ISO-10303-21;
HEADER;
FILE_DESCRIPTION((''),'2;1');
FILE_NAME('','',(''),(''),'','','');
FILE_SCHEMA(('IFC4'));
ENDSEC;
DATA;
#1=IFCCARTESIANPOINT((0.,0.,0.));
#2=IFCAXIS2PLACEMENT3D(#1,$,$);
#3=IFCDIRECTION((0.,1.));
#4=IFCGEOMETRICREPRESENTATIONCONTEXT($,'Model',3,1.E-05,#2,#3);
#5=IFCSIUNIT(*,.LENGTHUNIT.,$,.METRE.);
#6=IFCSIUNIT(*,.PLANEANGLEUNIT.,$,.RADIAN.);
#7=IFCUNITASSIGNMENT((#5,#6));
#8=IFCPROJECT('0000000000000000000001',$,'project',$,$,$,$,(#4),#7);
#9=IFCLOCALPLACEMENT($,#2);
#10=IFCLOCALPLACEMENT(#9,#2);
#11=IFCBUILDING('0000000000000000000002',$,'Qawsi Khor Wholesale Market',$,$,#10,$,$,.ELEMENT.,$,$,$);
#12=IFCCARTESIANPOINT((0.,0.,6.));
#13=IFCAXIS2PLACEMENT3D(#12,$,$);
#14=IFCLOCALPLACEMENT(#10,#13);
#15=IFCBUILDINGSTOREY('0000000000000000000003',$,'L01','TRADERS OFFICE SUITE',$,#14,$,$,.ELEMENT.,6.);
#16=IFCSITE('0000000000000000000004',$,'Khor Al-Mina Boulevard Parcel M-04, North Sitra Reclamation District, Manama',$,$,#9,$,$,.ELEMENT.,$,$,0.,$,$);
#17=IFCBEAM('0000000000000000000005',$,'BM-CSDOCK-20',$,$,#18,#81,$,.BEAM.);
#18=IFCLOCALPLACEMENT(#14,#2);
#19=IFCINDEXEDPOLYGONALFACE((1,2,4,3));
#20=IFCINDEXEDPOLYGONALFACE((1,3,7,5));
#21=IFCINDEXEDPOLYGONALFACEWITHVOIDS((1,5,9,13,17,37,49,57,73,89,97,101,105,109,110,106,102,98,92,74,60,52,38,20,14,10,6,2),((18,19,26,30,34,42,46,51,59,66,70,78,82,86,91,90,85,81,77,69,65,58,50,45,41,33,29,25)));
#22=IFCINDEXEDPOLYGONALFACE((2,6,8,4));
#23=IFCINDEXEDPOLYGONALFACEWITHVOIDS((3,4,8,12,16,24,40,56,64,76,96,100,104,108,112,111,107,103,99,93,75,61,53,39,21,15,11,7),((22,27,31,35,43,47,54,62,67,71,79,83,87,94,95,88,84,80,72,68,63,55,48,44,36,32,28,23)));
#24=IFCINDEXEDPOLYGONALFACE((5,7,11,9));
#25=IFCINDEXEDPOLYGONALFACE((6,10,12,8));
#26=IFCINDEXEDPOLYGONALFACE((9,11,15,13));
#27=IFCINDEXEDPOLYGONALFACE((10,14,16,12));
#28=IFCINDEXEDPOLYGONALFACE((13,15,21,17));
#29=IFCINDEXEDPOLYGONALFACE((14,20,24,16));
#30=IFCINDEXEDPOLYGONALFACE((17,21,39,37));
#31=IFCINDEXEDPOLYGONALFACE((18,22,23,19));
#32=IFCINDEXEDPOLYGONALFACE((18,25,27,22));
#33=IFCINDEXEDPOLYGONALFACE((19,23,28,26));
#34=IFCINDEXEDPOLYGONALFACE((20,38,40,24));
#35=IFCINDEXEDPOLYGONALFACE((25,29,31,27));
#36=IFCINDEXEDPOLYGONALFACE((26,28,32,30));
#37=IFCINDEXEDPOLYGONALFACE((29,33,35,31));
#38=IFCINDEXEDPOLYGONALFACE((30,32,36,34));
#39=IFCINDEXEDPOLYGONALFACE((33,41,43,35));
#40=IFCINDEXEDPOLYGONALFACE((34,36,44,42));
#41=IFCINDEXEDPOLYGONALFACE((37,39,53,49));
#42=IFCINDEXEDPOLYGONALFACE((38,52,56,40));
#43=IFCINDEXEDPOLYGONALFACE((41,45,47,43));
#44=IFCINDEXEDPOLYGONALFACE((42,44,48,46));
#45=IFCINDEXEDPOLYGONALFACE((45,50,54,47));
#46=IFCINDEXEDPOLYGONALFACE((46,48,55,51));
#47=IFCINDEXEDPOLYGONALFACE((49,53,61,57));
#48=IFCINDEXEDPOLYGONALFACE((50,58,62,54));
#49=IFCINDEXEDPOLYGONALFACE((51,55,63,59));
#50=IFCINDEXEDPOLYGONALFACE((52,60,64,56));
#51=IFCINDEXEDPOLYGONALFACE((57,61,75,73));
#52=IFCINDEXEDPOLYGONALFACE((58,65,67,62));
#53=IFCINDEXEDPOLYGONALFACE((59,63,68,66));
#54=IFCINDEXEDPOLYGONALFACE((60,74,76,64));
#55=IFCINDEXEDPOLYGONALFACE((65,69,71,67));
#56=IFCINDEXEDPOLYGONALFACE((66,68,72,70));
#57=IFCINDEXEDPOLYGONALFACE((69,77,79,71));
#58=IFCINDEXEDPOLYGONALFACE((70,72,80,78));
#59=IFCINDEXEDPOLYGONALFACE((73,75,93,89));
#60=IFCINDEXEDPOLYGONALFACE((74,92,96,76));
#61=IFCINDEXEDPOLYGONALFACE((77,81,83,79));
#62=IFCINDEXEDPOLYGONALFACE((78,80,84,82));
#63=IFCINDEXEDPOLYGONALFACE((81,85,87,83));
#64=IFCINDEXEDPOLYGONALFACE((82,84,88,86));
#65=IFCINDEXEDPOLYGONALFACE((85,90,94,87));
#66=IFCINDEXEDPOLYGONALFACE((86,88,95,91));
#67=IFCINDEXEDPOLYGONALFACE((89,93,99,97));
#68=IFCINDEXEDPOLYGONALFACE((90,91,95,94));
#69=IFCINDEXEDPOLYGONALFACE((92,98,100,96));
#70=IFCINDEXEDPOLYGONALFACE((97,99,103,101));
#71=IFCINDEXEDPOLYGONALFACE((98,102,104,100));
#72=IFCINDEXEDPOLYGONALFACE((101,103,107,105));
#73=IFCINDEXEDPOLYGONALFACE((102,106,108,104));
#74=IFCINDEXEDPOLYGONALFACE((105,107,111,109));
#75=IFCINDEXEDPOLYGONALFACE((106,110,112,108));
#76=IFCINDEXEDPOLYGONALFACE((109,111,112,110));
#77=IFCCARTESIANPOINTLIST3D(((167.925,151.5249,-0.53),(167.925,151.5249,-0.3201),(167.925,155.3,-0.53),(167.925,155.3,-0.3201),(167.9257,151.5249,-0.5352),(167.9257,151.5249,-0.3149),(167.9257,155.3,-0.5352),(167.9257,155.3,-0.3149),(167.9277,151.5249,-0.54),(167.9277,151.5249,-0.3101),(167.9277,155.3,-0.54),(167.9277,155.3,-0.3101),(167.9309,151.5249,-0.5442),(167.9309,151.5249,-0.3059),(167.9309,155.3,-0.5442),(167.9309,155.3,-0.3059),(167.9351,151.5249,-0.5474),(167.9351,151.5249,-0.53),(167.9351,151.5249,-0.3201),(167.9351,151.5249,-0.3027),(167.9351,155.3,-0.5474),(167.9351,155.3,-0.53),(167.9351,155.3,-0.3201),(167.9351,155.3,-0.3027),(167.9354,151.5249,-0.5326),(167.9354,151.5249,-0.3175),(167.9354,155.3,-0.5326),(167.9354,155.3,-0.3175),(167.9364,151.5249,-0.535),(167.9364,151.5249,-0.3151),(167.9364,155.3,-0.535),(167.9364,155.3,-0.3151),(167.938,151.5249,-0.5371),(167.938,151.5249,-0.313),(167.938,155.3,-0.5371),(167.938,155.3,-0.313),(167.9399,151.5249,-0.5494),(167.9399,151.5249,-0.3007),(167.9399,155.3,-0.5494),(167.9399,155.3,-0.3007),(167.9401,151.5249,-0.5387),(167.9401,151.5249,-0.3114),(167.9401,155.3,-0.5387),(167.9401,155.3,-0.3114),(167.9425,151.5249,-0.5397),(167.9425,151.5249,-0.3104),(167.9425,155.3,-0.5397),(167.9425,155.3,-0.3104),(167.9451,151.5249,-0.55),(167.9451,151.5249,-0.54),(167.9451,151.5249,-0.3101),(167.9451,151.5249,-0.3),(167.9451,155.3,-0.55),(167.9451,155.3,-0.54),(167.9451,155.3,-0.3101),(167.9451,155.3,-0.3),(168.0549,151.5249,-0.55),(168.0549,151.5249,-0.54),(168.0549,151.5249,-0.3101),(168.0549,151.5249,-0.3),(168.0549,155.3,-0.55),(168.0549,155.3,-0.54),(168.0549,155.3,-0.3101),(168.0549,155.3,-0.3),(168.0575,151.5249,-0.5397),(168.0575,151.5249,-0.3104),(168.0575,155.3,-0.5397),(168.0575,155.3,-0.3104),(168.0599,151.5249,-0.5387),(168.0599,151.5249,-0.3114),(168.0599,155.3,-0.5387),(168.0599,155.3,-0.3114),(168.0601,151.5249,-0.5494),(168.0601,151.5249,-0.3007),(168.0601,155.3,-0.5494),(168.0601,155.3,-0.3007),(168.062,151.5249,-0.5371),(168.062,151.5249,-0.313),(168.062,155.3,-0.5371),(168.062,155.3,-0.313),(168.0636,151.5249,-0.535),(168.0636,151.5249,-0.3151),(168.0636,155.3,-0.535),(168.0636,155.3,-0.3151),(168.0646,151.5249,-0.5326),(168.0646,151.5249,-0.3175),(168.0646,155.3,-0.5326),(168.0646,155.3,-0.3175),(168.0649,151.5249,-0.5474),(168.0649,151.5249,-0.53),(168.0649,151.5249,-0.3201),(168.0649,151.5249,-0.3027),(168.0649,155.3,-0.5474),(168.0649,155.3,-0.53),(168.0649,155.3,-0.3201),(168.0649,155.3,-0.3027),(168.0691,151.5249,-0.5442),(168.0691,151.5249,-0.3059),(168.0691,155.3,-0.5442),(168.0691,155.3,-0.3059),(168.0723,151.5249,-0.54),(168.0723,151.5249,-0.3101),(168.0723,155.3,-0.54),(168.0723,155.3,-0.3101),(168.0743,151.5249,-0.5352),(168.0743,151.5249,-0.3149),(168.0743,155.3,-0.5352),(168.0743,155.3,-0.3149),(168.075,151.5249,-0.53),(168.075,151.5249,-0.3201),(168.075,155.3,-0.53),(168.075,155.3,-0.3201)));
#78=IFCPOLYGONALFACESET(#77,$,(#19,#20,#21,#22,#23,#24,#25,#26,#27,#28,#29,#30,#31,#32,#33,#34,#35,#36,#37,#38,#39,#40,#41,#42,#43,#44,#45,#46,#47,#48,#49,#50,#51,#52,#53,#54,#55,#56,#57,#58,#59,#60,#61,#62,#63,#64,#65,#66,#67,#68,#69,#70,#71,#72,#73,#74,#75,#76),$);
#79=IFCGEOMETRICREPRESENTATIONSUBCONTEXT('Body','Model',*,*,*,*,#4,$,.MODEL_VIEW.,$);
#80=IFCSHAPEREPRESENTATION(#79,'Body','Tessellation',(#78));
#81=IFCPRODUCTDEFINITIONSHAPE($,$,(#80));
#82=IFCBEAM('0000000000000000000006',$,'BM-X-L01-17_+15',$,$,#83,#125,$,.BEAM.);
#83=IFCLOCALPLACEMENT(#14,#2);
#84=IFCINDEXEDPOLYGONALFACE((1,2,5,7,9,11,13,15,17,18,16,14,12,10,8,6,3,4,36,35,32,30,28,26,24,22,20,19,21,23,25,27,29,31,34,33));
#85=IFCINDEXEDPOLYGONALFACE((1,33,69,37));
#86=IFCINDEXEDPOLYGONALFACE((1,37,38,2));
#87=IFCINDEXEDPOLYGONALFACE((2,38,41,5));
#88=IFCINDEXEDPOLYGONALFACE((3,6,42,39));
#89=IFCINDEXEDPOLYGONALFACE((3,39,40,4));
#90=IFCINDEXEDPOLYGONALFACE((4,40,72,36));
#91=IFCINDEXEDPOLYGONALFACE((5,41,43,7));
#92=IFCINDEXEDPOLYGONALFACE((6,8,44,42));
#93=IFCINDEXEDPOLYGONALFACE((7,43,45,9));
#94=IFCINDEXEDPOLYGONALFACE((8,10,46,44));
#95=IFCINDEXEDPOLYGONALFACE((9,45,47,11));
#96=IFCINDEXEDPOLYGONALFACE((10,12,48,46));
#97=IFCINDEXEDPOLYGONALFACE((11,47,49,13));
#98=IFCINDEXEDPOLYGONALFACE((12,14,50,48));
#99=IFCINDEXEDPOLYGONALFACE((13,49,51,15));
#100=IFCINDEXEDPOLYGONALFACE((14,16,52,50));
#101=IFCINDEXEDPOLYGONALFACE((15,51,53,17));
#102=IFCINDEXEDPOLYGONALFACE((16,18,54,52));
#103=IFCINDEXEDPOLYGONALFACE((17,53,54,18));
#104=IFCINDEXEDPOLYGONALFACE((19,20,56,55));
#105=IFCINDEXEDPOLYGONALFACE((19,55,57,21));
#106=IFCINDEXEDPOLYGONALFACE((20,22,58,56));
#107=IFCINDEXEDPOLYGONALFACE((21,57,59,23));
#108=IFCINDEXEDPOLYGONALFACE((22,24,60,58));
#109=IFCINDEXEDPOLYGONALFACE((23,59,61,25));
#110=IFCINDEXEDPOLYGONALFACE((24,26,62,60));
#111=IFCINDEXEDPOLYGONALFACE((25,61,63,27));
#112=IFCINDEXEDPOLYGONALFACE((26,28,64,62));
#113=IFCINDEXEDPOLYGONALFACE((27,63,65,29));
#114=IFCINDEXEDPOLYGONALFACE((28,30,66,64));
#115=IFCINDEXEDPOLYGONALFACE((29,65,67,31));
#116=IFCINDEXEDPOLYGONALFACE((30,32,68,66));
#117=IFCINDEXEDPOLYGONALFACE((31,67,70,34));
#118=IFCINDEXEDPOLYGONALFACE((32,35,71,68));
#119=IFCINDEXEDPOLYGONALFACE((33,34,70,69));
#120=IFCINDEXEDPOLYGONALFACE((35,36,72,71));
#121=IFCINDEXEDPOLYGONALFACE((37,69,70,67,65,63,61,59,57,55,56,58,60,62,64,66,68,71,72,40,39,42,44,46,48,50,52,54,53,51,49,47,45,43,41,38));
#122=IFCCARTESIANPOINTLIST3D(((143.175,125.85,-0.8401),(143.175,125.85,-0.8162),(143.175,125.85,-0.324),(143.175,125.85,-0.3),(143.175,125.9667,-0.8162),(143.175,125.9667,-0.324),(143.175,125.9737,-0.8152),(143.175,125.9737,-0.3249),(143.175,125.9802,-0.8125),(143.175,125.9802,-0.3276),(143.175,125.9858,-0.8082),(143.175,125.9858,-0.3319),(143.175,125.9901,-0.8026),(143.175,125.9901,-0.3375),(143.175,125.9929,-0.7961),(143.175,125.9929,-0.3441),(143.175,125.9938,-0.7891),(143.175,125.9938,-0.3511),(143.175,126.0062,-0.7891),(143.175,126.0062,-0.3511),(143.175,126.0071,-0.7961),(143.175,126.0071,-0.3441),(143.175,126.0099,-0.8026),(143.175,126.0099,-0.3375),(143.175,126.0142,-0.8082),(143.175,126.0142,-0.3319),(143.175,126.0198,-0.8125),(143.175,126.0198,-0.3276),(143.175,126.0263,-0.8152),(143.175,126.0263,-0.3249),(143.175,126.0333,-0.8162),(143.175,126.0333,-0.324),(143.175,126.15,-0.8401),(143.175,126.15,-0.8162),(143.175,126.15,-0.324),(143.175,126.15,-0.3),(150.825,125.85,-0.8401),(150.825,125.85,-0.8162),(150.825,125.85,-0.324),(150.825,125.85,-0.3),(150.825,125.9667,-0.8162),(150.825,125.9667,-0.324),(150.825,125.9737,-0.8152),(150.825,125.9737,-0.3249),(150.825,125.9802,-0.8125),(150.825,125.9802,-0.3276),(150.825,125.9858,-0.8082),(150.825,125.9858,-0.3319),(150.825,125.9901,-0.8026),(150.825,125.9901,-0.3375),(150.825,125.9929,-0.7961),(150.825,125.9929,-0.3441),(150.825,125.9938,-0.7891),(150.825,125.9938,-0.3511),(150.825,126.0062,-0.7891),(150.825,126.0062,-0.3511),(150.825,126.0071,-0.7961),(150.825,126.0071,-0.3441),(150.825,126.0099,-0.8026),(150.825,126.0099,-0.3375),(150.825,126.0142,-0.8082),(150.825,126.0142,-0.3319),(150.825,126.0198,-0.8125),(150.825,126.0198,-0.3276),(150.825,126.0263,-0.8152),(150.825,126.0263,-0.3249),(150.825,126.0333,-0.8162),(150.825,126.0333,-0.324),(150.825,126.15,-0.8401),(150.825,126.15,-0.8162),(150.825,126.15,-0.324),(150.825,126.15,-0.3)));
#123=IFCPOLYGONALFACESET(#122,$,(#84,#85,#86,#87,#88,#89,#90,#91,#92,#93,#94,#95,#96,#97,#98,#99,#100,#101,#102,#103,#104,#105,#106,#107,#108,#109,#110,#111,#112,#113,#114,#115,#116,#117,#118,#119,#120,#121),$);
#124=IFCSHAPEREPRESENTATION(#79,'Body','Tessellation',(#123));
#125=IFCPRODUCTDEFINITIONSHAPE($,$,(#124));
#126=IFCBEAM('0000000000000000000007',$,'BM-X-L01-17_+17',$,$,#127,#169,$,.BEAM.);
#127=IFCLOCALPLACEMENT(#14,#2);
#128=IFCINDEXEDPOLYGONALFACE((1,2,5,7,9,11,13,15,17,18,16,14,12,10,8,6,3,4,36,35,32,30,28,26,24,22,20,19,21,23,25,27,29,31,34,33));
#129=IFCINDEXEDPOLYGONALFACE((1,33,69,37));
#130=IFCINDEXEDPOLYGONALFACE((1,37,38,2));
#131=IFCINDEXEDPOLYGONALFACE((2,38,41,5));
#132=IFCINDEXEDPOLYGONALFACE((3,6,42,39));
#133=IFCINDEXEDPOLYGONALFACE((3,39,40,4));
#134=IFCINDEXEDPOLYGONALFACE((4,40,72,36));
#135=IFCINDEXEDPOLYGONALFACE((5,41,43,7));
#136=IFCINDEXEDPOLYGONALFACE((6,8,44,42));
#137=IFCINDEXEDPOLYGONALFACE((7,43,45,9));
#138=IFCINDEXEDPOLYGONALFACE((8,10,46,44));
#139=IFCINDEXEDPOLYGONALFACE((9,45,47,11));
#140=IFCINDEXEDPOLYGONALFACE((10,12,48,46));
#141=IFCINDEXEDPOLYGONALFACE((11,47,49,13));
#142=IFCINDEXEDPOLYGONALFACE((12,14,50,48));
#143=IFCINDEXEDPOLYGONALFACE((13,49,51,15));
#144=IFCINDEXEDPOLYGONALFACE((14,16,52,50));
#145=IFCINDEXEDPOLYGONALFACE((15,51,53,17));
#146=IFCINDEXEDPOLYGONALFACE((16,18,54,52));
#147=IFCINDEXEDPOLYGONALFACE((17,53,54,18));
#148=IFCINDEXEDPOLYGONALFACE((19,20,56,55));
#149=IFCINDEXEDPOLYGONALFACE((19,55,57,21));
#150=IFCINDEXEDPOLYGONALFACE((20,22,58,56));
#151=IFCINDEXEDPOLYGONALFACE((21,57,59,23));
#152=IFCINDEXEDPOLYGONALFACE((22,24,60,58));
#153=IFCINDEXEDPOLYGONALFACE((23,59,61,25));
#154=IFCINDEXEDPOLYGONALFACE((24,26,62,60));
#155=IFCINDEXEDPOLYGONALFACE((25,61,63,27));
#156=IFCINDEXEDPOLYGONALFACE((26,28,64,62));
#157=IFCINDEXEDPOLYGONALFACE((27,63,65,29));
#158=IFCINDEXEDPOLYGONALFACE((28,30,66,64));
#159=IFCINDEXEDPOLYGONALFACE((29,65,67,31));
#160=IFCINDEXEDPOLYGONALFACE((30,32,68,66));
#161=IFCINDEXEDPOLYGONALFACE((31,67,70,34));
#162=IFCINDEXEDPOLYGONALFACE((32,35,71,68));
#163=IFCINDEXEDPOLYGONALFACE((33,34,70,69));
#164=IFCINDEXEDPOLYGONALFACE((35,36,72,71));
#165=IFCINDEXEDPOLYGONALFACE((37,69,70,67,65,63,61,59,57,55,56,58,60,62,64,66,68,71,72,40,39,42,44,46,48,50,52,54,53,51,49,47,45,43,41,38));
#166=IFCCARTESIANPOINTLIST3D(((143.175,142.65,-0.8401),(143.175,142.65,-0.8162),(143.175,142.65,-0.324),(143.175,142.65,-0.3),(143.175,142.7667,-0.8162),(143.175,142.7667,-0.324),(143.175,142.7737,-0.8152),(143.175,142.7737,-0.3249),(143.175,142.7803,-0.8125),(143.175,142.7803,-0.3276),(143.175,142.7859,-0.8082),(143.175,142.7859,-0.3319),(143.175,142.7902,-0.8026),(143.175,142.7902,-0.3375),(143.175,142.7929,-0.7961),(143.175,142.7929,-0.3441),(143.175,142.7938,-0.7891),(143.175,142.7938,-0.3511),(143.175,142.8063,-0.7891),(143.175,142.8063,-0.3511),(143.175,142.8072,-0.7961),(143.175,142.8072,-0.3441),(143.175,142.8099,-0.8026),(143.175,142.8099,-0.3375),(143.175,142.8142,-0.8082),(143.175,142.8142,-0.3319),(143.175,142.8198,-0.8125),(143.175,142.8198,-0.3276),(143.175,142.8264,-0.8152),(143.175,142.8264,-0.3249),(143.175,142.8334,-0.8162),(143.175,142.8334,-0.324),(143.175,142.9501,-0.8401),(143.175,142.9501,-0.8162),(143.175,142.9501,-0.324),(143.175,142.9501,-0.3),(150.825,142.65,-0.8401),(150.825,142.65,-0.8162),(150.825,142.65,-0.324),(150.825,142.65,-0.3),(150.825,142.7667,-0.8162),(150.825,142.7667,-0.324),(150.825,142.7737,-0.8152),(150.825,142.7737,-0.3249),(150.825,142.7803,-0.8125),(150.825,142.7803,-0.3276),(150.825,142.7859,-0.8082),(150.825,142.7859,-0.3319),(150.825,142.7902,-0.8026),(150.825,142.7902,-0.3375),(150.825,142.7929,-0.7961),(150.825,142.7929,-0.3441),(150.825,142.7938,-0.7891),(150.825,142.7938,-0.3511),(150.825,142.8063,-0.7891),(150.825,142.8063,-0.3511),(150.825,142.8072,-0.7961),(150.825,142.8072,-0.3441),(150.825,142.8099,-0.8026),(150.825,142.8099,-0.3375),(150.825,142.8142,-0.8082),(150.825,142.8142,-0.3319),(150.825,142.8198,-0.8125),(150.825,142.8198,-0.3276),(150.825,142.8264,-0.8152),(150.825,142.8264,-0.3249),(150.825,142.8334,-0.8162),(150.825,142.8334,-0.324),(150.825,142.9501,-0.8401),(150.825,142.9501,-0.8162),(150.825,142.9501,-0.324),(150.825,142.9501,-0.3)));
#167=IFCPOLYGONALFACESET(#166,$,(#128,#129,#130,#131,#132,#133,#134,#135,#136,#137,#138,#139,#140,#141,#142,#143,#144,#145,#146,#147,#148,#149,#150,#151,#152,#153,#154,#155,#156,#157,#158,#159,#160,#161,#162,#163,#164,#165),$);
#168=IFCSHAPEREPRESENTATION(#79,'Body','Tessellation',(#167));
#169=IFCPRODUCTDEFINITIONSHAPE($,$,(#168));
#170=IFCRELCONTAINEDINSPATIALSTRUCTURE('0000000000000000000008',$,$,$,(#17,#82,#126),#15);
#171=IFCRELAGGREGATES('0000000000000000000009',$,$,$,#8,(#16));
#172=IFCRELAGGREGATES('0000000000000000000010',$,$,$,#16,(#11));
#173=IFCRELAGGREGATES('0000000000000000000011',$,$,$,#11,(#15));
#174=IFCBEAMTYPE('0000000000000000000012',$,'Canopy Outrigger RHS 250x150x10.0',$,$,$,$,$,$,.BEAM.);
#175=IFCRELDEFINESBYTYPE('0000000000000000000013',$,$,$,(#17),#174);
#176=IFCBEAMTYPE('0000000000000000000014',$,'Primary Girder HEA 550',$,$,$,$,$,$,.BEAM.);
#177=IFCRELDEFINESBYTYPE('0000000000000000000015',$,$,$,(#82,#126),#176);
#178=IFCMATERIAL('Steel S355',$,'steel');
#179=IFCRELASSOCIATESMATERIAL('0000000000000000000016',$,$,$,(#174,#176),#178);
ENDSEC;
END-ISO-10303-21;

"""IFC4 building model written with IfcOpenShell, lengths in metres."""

from ifc_helpers import new_model, si_unit, direction, frame, origin, origin_2d, place, context, subcontext, project, spatial, hollow_rectangle, i_section, extrude, material, material_profile, profile_set, type_object, element, save


model = new_model("IFC4")

# Units and contexts
model_context = context("Model", 3, precision=1e-05, world=origin(), true_north=direction((0.0, 1.0)))
body_context = subcontext(model_context, "Body", "Model", "MODEL_VIEW")
ifc_project = project(units=[si_unit("LENGTHUNIT", "METRE"), si_unit("PLANEANGLEUNIT", "RADIAN")], contexts=[model_context])

# Site, building, storey
site_placement = place(None, origin())
site = spatial("IfcSite", under=ifc_project, at=site_placement, Name="Khor Al-Mina Boulevard Parcel M-04, North Sitra Reclamation District, Manama", CompositionType="ELEMENT", RefElevation=0.0)
building_placement = place(site_placement, origin())
building = spatial("IfcBuilding", under=site, at=building_placement, Name="Qawsi Khor Wholesale Market", CompositionType="ELEMENT")
storey_placement = place(building_placement, frame((0.0, 0.0, 6.0)))
storey = spatial("IfcBuildingStorey", under=building, at=storey_placement, Name="L01", Description="TRADERS OFFICE SUITE", CompositionType="ELEMENT", Elevation=6.0)

# Beams
ifc_material_1 = material(Name="Steel S355", Category="steel")
ifc_material_profile_1 = material_profile(ifc_material_1, hollow_rectangle(XDim=0.1499, YDim=0.25, WallThickness=0.01, InnerFilletRadius=0.01, OuterFilletRadius=0.02, at=origin_2d()), Name="RHS 250x150x10.0")
ifc_profile_set_1 = profile_set([ifc_material_profile_1], Name="Steel S355")
beam_type_1 = type_object("IfcBeamType", Name="Canopy Outrigger RHS 250x150x10.0", PredefinedType="BEAM", material=ifc_profile_set_1)
for number, where, z_axis, x_axis, name in (
    (1, (168.0, 151.5249, -0.425), (0.0, 1.0, 0.0), (-1.0, 0.0, 0.0), "BM-CSDOCK-20"),
):
    element("IfcBeam", number, at=place(storey_placement, frame(where, z_axis=z_axis, x_axis=x_axis)), inside=storey, type_object=beam_type_1, Name=name, PredefinedType="BEAM", context=body_context, shape_type="SweptSolid", body=[
        extrude(hollow_rectangle(XDim=0.1499, YDim=0.25, WallThickness=0.01, InnerFilletRadius=0.01, OuterFilletRadius=0.02, at=origin_2d()), origin(), (0.0, 0.0, 1.0), 3.7751),
    ])
ifc_material_profile_2 = material_profile(ifc_material_1, i_section(OverallWidth=0.3, OverallDepth=0.54, WebThickness=0.0125, FlangeThickness=0.0239, FilletRadius=0.0271, at=origin_2d()), Name="HEA 550")
ifc_profile_set_2 = profile_set([ifc_material_profile_2], Name="Steel S355")
beam_type_2 = type_object("IfcBeamType", Name="Primary Girder HEA 550", PredefinedType="BEAM", material=ifc_profile_set_2)
for number, where, z_axis, x_axis, name in (
    (2, (143.175, 126.0, -0.5701), (1.0, 0.0, 0.0), (0.0, 1.0, 0.0), "BM-X-L01-17_+15"),
    (3, (143.175, 142.8, -0.5701), (1.0, 0.0, 0.0), (0.0, 1.0, 0.0), "BM-X-L01-17_+17"),
):
    element("IfcBeam", number, at=place(storey_placement, frame(where, z_axis=z_axis, x_axis=x_axis)), inside=storey, type_object=beam_type_2, Name=name, PredefinedType="BEAM", context=body_context, shape_type="SweptSolid", body=[
        extrude(i_section(OverallWidth=0.3, OverallDepth=0.54, WebThickness=0.0125, FlangeThickness=0.0239, FilletRadius=0.0271, at=origin_2d()), origin(), (0.0, 0.0, 1.0), 7.6499),
    ])

save(model, "model.ifc")
